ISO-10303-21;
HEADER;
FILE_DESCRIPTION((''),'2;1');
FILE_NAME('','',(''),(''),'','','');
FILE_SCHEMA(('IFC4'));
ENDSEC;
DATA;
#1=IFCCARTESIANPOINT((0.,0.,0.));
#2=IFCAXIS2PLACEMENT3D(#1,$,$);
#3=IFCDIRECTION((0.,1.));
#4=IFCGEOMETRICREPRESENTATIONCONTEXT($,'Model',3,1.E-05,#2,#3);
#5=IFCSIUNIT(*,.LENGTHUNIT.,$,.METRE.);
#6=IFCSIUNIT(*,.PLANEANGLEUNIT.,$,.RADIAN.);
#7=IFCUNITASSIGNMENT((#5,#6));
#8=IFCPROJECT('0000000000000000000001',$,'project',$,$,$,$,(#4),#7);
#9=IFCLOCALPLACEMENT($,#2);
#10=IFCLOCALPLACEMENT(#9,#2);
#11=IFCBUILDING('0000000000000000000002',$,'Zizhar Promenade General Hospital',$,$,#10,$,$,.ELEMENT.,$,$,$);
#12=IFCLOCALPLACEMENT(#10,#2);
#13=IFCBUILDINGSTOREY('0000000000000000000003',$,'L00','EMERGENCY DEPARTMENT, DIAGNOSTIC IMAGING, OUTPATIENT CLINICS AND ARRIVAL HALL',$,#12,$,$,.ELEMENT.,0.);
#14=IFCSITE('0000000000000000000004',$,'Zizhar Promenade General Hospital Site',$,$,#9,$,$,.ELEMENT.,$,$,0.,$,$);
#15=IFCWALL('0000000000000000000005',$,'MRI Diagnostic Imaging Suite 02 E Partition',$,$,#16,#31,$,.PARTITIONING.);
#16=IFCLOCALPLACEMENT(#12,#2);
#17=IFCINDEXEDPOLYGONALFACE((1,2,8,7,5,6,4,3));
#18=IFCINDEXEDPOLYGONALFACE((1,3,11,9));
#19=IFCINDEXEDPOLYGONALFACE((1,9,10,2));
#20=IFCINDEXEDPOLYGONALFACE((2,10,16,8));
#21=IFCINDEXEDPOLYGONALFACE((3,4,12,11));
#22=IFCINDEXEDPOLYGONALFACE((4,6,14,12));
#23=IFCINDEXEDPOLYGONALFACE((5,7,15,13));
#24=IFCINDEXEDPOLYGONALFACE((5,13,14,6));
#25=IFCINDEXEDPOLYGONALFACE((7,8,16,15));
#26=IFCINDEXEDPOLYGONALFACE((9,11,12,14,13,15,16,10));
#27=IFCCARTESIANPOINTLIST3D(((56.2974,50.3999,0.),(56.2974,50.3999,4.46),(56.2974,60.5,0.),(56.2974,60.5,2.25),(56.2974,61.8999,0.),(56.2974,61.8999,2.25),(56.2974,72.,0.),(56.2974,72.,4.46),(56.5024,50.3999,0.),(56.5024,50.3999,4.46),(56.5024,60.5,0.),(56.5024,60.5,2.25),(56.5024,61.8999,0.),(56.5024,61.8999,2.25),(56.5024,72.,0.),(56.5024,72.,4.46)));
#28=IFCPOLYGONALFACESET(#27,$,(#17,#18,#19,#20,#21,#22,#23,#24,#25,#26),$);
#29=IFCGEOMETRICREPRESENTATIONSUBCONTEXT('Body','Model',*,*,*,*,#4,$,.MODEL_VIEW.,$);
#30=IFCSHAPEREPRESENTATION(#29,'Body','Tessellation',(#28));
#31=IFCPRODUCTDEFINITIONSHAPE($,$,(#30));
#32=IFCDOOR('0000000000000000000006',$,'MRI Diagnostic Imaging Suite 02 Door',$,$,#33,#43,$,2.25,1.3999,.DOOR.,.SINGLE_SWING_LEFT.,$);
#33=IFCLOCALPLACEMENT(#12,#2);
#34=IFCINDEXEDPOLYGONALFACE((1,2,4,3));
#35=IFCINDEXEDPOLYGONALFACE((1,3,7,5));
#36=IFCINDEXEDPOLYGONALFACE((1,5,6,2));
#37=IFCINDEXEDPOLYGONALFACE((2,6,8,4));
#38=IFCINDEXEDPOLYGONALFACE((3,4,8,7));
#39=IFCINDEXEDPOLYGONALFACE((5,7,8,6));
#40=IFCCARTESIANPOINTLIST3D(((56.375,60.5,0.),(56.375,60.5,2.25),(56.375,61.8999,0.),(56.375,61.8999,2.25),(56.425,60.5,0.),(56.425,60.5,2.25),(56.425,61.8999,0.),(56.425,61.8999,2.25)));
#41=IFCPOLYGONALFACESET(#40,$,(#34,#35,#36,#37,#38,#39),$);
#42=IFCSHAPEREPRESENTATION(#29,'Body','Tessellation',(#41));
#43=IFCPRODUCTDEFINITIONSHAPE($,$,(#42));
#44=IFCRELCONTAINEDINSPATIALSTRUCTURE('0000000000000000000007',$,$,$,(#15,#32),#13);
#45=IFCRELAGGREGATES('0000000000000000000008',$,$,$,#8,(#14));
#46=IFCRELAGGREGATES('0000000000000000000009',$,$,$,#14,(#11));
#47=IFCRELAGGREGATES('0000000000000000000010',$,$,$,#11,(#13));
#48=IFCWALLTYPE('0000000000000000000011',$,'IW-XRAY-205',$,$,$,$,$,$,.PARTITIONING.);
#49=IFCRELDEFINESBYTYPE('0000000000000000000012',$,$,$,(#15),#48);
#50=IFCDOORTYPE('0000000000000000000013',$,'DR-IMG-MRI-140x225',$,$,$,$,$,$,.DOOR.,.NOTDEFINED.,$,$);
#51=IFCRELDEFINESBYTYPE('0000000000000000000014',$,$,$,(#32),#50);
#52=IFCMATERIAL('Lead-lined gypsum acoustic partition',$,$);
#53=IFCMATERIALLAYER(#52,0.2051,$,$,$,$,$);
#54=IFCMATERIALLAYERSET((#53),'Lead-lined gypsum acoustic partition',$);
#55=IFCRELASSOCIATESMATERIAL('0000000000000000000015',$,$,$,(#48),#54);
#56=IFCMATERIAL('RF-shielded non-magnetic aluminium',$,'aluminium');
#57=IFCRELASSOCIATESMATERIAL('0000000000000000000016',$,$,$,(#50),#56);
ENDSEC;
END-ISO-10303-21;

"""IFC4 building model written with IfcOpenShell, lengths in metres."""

from ifc_helpers import new_model, si_unit, direction, frame, frame_2d, origin, place, context, subcontext, project, spatial, rectangle, extrude, material, layer, layer_set, type_object, element, fill, save


model = new_model("IFC4")

# Units and contexts
model_context = context("Model", 3, precision=1e-05, world=origin(), true_north=direction((0.0, 1.0)))
body_context = subcontext(model_context, "Body", "Model", "MODEL_VIEW")
ifc_project = project(units=[si_unit("LENGTHUNIT", "METRE"), si_unit("PLANEANGLEUNIT", "RADIAN")], contexts=[model_context])

# Site, building, storey
site_placement = place(None, origin())
site = spatial("IfcSite", under=ifc_project, at=site_placement, Name="Zizhar Promenade General Hospital Site", CompositionType="ELEMENT", RefElevation=0.0)
building_placement = place(site_placement, origin())
building = spatial("IfcBuilding", under=site, at=building_placement, Name="Zizhar Promenade General Hospital", CompositionType="ELEMENT")
storey_placement = place(building_placement, origin())
storey = spatial("IfcBuildingStorey", under=building, at=storey_placement, Name="L00", Description="EMERGENCY DEPARTMENT, DIAGNOSTIC IMAGING, OUTPATIENT CLINICS AND ARRIVAL HALL", CompositionType="ELEMENT", Elevation=0.0)

# Wall, opening, door
ifc_material_1 = material(Name="Lead-lined gypsum acoustic partition")
ifc_layer_1 = layer(ifc_material_1, 0.2051)
ifc_layer_set_1 = layer_set([ifc_layer_1], Name="Lead-lined gypsum acoustic partition")
wall_type_1 = type_object("IfcWallType", Name="IW-XRAY-205", PredefinedType="PARTITIONING", material=ifc_layer_set_1)
wall_1_placement = place(storey_placement, frame((56.3999, 50.3999, 0.0), z_axis=(0.0, 0.0, 1.0), x_axis=(0.0, 1.0, 0.0)))
wall_1 = element("IfcWall", 1, at=wall_1_placement, inside=storey, type_object=wall_type_1, Name="MRI Diagnostic Imaging Suite 02 E Partition", PredefinedType="PARTITIONING", context=body_context, shape_type="SweptSolid", body=[
    extrude(rectangle(XDim=21.6001, YDim=0.2051, at=frame_2d((10.8, 0.0))), origin(), (0.0, 0.0, 1.0), 4.46),
])
opening_1_placement = place(wall_1_placement, frame((10.1001, 0.0, 0.0)))
opening_1 = element("IfcOpeningElement", 2, at=opening_1_placement, cuts=wall_1, PredefinedType="OPENING", context=body_context, shape_type="SweptSolid", body=[
    extrude(rectangle(XDim=1.3999, YDim=2.25, at=frame_2d((0.7, 1.125))), frame((0.0, 0.1125, 0.0), z_axis=(0.0, -1.0, 0.0), x_axis=(1.0, 0.0, 0.0)), (0.0, 0.0, 1.0), 0.2251),
])
ifc_material_2 = material(Name="RF-shielded non-magnetic aluminium", Category="aluminium")
door_type = type_object("IfcDoorType", Name="DR-IMG-MRI-140x225", OperationType="NOTDEFINED", PredefinedType="DOOR", material=ifc_material_2)
door_placement = place(opening_1_placement, origin())
door = element("IfcDoor", 3, at=door_placement, inside=storey, type_object=door_type, Name="MRI Diagnostic Imaging Suite 02 Door", OperationType="SINGLE_SWING_LEFT", OverallHeight=2.25, OverallWidth=1.3999, PredefinedType="DOOR", context=body_context, shape_type="SweptSolid", body=[
    extrude(rectangle(XDim=1.3999, YDim=2.25, at=frame_2d((0.7, 1.125))), frame((0.0, 0.0249, 0.0), z_axis=(0.0, -1.0, 0.0), x_axis=(1.0, 0.0, 0.0)), (0.0, 0.0, 1.0), 0.05),
])
fill(opening_1, door)

save(model, "model.ifc")
